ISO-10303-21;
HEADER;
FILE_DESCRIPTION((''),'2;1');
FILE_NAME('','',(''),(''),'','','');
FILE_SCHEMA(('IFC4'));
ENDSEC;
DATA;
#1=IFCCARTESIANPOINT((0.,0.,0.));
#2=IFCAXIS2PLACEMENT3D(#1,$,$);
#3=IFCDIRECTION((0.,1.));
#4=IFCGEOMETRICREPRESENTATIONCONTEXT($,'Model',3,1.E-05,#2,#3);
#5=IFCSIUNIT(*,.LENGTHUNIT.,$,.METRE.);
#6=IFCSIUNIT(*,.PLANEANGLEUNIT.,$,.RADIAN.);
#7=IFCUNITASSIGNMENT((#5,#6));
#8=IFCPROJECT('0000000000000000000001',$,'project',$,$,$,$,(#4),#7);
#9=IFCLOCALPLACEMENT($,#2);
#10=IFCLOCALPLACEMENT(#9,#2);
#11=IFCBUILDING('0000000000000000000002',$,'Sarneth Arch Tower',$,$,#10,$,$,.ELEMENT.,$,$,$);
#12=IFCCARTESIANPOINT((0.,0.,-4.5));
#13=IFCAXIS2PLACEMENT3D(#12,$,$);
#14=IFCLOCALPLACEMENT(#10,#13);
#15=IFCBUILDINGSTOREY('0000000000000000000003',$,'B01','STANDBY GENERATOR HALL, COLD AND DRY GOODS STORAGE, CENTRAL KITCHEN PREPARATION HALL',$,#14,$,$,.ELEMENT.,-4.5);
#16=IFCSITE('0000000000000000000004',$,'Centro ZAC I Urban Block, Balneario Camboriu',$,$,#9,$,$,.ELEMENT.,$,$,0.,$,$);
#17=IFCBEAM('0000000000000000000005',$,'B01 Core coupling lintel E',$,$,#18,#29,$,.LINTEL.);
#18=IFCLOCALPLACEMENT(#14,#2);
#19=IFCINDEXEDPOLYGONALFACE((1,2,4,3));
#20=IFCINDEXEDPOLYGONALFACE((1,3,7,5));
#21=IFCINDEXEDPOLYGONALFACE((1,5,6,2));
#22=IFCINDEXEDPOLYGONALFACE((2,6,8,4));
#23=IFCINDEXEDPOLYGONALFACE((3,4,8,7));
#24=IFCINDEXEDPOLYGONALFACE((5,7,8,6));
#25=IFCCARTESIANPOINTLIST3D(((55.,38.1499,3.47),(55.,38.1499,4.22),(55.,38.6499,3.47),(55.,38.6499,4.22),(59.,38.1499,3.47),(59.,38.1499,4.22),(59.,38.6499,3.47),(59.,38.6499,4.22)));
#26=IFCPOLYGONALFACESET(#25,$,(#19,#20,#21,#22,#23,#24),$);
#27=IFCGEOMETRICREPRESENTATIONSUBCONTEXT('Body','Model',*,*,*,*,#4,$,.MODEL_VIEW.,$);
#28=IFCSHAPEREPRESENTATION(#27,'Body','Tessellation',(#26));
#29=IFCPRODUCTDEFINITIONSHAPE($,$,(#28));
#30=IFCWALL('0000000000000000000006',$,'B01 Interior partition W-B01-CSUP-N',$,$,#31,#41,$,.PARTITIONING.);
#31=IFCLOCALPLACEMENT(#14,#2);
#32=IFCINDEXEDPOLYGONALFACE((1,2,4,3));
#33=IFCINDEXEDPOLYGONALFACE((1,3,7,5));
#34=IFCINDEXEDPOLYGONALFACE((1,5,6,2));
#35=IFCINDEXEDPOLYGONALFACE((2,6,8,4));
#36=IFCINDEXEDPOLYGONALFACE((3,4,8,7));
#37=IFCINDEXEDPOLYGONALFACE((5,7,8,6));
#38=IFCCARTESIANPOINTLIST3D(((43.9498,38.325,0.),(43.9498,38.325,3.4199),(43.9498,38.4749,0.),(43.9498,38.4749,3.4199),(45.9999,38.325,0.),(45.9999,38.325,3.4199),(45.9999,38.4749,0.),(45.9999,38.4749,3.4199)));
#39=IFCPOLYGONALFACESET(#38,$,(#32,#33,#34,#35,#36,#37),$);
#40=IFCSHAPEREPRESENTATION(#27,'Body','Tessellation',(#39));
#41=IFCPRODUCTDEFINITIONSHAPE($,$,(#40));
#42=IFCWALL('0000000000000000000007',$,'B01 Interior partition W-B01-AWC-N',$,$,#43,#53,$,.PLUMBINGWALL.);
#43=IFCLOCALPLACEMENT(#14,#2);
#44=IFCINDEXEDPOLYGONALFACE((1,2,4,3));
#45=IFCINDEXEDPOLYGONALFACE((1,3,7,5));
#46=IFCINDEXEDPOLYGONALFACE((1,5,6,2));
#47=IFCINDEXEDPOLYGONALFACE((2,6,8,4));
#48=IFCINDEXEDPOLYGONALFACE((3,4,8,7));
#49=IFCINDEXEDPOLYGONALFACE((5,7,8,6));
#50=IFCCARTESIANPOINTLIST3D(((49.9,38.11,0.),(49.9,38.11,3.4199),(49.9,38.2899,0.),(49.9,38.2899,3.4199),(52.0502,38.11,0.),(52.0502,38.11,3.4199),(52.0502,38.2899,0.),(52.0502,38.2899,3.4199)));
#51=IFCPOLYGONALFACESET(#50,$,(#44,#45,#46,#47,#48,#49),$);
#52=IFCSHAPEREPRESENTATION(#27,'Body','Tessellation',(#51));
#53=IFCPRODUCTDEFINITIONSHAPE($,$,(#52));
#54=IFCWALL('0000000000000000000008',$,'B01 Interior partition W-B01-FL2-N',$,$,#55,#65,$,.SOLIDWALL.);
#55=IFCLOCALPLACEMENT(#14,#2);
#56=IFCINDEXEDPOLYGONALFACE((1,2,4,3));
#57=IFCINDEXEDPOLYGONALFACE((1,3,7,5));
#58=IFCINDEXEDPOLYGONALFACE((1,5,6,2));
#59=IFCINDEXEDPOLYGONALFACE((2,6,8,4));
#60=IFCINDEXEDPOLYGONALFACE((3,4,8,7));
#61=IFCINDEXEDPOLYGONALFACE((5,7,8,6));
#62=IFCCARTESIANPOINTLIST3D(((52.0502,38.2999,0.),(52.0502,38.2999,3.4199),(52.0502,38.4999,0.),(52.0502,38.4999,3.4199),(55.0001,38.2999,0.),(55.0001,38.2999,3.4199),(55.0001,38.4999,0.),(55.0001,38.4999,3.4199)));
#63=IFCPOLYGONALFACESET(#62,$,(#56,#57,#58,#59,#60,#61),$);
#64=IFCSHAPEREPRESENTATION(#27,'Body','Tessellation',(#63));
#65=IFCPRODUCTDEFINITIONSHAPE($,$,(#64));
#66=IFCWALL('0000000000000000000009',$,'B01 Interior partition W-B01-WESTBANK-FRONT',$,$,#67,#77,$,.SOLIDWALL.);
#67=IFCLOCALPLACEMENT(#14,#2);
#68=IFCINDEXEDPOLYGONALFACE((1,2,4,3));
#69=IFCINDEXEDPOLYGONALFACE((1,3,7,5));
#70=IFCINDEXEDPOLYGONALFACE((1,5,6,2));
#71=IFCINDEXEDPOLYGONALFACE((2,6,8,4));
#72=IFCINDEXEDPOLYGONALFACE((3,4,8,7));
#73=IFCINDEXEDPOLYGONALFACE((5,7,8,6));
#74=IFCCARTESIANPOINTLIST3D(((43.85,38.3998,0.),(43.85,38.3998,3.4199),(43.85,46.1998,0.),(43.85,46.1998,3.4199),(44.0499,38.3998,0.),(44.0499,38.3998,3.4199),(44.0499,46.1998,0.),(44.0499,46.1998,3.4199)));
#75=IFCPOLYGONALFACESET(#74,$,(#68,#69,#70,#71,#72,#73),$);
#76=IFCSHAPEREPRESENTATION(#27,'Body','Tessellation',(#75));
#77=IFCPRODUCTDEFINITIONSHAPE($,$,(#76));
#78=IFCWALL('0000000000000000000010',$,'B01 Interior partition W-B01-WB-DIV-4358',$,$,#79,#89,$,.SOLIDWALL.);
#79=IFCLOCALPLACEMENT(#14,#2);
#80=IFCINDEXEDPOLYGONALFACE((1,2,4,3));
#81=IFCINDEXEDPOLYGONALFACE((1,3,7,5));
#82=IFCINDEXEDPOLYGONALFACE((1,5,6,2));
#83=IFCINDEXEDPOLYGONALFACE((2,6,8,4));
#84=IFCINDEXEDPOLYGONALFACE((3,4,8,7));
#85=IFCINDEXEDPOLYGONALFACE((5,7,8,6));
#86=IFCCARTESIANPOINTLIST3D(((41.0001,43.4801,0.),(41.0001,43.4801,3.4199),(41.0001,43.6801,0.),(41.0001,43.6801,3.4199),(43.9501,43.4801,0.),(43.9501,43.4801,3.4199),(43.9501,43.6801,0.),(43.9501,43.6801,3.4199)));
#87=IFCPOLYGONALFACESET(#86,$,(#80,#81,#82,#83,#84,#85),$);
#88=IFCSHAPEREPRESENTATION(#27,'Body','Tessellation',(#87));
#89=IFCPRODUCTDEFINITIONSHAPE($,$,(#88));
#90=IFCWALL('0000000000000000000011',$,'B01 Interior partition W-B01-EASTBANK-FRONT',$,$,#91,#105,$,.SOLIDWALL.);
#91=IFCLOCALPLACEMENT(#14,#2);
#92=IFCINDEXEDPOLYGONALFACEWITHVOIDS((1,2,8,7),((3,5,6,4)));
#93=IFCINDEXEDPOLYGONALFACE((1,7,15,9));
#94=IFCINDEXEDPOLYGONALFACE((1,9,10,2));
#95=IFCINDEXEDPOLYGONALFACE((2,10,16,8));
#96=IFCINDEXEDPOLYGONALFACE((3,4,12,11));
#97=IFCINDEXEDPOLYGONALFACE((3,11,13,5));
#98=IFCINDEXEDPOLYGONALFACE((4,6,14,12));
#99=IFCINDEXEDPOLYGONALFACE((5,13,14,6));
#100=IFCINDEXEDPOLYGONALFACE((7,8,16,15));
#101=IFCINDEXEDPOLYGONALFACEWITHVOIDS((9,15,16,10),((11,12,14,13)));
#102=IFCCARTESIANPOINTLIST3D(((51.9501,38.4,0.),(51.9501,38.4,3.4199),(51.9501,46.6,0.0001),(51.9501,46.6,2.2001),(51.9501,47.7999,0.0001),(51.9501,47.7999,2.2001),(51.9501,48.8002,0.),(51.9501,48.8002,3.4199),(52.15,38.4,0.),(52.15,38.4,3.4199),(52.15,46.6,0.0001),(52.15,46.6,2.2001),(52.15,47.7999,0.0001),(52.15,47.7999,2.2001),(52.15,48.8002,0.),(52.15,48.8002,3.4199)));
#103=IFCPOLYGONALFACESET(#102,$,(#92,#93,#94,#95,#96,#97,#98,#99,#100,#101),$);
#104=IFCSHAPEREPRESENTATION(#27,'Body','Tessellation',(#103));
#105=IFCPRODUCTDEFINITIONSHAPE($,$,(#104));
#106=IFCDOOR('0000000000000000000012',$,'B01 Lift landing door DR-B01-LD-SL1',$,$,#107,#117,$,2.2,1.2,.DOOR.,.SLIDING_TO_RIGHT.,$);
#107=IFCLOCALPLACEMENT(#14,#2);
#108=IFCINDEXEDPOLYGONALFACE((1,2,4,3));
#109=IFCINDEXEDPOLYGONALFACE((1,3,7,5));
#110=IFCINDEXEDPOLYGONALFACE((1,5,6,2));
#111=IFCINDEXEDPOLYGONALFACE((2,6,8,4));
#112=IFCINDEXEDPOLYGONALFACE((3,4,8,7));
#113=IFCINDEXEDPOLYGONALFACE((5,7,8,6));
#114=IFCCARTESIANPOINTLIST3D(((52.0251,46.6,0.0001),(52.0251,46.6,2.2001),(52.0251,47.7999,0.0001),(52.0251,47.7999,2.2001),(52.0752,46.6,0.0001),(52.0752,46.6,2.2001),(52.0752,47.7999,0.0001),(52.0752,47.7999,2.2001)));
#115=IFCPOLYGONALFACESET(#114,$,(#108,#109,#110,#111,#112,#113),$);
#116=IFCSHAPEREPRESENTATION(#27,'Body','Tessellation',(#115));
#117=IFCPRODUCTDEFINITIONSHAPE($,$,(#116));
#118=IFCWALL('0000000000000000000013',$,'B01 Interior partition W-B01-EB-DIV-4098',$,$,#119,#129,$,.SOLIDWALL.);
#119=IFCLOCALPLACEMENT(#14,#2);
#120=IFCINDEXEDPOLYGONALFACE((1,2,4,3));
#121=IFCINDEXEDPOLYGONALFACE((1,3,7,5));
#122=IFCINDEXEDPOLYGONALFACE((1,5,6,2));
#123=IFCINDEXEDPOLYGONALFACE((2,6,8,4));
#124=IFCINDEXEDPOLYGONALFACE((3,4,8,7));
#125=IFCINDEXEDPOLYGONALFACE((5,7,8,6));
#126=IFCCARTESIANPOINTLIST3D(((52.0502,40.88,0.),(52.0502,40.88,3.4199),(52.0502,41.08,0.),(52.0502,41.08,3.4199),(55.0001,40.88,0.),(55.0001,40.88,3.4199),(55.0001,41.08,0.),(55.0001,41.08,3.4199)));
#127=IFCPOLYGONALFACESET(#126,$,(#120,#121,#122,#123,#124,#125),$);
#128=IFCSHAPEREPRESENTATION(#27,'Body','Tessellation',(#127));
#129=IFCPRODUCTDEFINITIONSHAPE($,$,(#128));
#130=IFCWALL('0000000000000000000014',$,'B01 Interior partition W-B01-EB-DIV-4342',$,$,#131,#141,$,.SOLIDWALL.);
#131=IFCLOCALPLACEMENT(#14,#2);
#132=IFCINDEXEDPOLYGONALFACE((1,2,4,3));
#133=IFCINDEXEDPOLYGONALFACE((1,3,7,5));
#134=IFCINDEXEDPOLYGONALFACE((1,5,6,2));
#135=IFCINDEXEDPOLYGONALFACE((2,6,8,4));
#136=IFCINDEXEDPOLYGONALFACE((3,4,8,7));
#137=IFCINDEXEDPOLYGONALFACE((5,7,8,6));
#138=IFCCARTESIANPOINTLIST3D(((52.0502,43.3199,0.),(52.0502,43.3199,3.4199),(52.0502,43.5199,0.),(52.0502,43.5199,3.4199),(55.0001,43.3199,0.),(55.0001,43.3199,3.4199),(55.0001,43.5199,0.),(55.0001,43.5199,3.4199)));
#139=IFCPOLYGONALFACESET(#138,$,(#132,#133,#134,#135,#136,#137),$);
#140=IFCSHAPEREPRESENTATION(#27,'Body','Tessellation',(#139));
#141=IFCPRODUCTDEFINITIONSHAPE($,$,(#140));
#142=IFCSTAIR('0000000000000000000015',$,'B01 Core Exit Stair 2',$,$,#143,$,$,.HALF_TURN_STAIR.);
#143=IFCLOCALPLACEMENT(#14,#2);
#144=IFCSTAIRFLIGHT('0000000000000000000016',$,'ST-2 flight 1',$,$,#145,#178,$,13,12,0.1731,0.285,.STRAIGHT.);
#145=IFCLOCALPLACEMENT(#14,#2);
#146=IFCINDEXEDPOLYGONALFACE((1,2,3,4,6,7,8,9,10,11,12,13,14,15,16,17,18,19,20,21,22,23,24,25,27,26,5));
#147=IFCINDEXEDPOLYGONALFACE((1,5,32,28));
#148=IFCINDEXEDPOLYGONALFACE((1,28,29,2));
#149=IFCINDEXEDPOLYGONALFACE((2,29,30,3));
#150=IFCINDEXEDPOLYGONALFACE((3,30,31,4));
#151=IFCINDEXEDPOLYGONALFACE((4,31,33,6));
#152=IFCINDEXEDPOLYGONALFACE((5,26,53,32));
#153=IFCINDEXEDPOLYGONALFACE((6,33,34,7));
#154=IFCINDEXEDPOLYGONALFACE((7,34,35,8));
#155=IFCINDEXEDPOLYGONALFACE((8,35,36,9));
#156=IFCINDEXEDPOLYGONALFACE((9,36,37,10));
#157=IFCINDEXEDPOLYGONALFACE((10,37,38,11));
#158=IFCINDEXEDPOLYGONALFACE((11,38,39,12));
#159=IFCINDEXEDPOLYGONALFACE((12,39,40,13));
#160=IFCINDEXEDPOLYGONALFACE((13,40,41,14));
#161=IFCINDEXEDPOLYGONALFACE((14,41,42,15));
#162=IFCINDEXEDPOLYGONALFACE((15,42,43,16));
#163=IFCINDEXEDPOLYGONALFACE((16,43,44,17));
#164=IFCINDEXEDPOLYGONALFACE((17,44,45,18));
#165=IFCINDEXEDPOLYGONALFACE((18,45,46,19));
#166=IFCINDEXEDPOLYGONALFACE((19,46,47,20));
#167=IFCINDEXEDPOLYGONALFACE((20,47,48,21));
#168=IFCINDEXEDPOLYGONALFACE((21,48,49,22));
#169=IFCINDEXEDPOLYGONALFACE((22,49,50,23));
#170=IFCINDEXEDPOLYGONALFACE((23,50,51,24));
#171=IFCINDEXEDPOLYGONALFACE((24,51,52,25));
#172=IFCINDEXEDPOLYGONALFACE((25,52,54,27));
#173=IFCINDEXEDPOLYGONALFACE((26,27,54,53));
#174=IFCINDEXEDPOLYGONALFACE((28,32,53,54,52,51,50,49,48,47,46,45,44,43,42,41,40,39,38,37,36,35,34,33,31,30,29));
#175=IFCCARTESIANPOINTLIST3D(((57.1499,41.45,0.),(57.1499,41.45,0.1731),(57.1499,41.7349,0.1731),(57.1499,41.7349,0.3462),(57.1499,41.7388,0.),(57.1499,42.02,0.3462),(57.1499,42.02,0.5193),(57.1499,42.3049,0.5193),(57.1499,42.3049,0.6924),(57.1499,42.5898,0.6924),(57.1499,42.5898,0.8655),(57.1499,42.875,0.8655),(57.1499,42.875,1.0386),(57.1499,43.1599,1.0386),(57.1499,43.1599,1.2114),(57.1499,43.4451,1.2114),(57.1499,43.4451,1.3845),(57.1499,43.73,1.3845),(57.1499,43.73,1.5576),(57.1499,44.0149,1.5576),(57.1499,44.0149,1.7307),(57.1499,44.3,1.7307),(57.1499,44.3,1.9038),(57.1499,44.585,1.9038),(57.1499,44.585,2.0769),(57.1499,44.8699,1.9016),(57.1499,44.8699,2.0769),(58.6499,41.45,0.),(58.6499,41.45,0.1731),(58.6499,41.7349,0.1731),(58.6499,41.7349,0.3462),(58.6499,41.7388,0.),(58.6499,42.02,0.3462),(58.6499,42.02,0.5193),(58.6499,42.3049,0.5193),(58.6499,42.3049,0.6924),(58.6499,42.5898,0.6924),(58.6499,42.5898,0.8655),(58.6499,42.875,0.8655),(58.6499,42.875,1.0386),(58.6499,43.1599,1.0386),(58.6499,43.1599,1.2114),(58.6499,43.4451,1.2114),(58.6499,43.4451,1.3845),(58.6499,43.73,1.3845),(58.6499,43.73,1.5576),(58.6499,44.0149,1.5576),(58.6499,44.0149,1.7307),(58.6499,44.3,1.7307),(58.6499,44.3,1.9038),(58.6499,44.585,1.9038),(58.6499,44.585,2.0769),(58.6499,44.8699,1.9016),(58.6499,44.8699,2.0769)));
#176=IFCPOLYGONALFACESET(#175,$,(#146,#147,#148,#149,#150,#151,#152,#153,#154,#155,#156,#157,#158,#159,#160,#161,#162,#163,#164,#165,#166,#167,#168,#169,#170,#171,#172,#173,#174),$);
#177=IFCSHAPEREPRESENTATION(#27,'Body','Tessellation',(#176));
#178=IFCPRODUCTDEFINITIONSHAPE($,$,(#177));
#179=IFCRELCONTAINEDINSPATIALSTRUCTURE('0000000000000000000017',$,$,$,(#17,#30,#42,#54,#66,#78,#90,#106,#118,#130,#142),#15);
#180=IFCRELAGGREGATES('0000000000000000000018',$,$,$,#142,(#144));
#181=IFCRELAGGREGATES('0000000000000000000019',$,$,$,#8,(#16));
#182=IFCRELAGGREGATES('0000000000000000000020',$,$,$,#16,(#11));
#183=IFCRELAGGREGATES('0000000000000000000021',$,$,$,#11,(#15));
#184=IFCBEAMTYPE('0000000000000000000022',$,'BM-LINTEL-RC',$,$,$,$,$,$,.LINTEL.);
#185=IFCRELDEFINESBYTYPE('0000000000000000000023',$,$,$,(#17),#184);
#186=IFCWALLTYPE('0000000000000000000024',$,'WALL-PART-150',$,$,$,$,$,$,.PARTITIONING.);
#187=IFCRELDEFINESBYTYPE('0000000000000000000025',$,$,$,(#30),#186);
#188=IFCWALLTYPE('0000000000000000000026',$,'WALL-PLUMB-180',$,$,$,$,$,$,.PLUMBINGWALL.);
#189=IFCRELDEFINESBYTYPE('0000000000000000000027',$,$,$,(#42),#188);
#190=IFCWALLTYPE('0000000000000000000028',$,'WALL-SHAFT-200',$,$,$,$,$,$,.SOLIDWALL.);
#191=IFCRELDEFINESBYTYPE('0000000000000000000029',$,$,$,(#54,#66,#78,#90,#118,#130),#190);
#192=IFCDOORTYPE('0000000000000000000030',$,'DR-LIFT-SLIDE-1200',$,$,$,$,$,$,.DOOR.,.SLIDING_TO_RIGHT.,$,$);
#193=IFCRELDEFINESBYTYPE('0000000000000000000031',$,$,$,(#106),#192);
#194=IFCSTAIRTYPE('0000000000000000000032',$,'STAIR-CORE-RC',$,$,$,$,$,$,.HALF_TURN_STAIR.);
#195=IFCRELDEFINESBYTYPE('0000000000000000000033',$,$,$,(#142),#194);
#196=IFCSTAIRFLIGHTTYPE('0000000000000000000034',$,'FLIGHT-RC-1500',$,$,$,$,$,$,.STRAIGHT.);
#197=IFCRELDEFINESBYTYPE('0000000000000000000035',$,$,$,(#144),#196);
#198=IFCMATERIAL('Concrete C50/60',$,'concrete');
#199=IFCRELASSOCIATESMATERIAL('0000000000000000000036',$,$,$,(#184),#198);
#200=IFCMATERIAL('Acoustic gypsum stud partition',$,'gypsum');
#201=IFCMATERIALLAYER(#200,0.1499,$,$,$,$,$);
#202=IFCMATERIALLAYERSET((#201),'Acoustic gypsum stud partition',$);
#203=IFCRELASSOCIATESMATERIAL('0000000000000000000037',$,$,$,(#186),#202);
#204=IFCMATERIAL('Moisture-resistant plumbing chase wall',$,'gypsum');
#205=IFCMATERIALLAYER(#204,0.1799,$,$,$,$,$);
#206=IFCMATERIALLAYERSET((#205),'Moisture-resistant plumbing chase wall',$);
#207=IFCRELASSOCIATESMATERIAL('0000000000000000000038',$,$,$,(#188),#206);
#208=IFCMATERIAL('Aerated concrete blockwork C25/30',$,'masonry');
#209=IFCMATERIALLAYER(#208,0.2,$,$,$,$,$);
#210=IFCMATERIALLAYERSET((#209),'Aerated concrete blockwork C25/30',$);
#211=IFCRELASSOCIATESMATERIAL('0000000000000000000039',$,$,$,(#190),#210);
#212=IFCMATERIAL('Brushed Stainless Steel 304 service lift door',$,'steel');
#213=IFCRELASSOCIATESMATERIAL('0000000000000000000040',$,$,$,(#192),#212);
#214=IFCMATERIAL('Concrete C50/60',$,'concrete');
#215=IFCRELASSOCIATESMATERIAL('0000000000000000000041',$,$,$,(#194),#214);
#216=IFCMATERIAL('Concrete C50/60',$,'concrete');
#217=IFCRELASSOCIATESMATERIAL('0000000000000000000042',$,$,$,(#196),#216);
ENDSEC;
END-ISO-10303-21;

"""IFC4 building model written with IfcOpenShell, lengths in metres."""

from ifc_helpers import new_model, si_unit, direction, frame, frame_2d, origin, origin_2d, place, context, subcontext, project, spatial, polyline, rectangle, outline, extrude, material, layer, layer_set, material_profile, profile_set, type_object, element, fill, aggregate, save


model = new_model("IFC4")

# Units and contexts
model_context = context("Model", 3, precision=1e-05, world=origin(), true_north=direction((0.0, 1.0)))
body_context = subcontext(model_context, "Body", "Model", "MODEL_VIEW")
ifc_project = project(units=[si_unit("LENGTHUNIT", "METRE"), si_unit("PLANEANGLEUNIT", "RADIAN")], contexts=[model_context])

# Site, building, storey
site_placement = place(None, origin())
site = spatial("IfcSite", under=ifc_project, at=site_placement, Name="Centro ZAC I Urban Block, Balneario Camboriu", CompositionType="ELEMENT", RefElevation=0.0)
building_placement = place(site_placement, origin())
building = spatial("IfcBuilding", under=site, at=building_placement, Name="Sarneth Arch Tower", CompositionType="ELEMENT")
storey_placement = place(building_placement, frame((0.0, 0.0, -4.5)))
storey = spatial("IfcBuildingStorey", under=building, at=storey_placement, Name="B01", Description="STANDBY GENERATOR HALL, COLD AND DRY GOODS STORAGE, CENTRAL KITCHEN PREPARATION HALL", CompositionType="ELEMENT", Elevation=-4.5)

# Beam
ifc_material_1 = material(Name="Concrete C50/60", Category="concrete")
ifc_material_profile = material_profile(ifc_material_1, rectangle(XDim=0.5, YDim=0.75, at=origin_2d()), Name="RC-500x750")
ifc_profile_set = profile_set([ifc_material_profile], Name="Concrete C50/60")
beam_type = type_object("IfcBeamType", Name="BM-LINTEL-RC", PredefinedType="LINTEL", material=ifc_profile_set)
beam_placement = place(storey_placement, frame((55.0, 38.3999, 3.845), z_axis=(1.0, 0.0, 0.0), x_axis=(0.0, 1.0, 0.0)))
element("IfcBeam", 1, at=beam_placement, inside=storey, type_object=beam_type, Name="B01 Core coupling lintel E", PredefinedType="LINTEL", context=body_context, shape_type="SweptSolid", body=[
    extrude(rectangle(XDim=0.5, YDim=0.75, at=origin_2d()), origin(), (0.0, 0.0, 1.0), 4.0),
])

# Walls
ifc_material_2 = material(Name="Acoustic gypsum stud partition", Category="gypsum")
ifc_layer_1 = layer(ifc_material_2, 0.1499)
ifc_layer_set_1 = layer_set([ifc_layer_1], Name="Acoustic gypsum stud partition")
wall_type_1 = type_object("IfcWallType", Name="WALL-PART-150", PredefinedType="PARTITIONING", material=ifc_layer_set_1)
wall_1_placement = place(storey_placement, frame((43.95, 38.3999, 0.0), z_axis=(0.0, 0.0, 1.0), x_axis=(1.0, 0.0, 0.0)))
element("IfcWall", 2, at=wall_1_placement, inside=storey, type_object=wall_type_1, Name="B01 Interior partition W-B01-CSUP-N", PredefinedType="PARTITIONING", context=body_context, shape_type="SweptSolid", body=[
    extrude(rectangle(XDim=2.05, YDim=0.1499, at=frame_2d((1.0249, 0.0))), origin(), (0.0, 0.0, 1.0), 3.4199),
])
ifc_material_3 = material(Name="Moisture-resistant plumbing chase wall", Category="gypsum")
ifc_layer_2 = layer(ifc_material_3, 0.1799)
ifc_layer_set_2 = layer_set([ifc_layer_2], Name="Moisture-resistant plumbing chase wall")
wall_type_2 = type_object("IfcWallType", Name="WALL-PLUMB-180", PredefinedType="PLUMBINGWALL", material=ifc_layer_set_2)
wall_2_placement = place(storey_placement, frame((49.8999, 38.2, 0.0), z_axis=(0.0, 0.0, 1.0), x_axis=(1.0, 0.0, 0.0)))
element("IfcWall", 3, at=wall_2_placement, inside=storey, type_object=wall_type_2, Name="B01 Interior partition W-B01-AWC-N", PredefinedType="PLUMBINGWALL", context=body_context, shape_type="SweptSolid", body=[
    extrude(rectangle(XDim=2.1501, YDim=0.1799, at=frame_2d((1.0752, 0.0))), origin(), (0.0, 0.0, 1.0), 3.4199),
])

# Shared definitions
ifc_material_4 = material(Name="Aerated concrete blockwork C25/30", Category="masonry")
ifc_layer_3 = layer(ifc_material_4, 0.2)
ifc_layer_set_3 = layer_set([ifc_layer_3], Name="Aerated concrete blockwork C25/30")
wall_type_3 = type_object("IfcWallType", Name="WALL-SHAFT-200", PredefinedType="SOLIDWALL", material=ifc_layer_set_3)

# Walls
wall_3_placement = place(storey_placement, frame((52.05, 38.3999, 0.0), z_axis=(0.0, 0.0, 1.0), x_axis=(1.0, 0.0, 0.0)))
element("IfcWall", 4, at=wall_3_placement, inside=storey, type_object=wall_type_3, Name="B01 Interior partition W-B01-FL2-N", PredefinedType="SOLIDWALL", context=body_context, shape_type="SweptSolid", body=[
    extrude(rectangle(XDim=2.95, YDim=0.2, at=frame_2d((1.4751, 0.0))), origin(), (0.0, 0.0, 1.0), 3.4199),
])
wall_4_placement = place(storey_placement, frame((43.95, 38.3999, 0.0), z_axis=(0.0, 0.0, 1.0), x_axis=(0.0, 1.0, 0.0)))
element("IfcWall", 5, at=wall_4_placement, inside=storey, type_object=wall_type_3, Name="B01 Interior partition W-B01-WESTBANK-FRONT", PredefinedType="SOLIDWALL", context=body_context, shape_type="SweptSolid", body=[
    extrude(rectangle(XDim=7.8, YDim=0.2, at=frame_2d((3.8999, 0.0))), origin(), (0.0, 0.0, 1.0), 3.4199),
])
wall_5_placement = place(storey_placement, frame((41.0, 43.5801, 0.0), z_axis=(0.0, 0.0, 1.0), x_axis=(1.0, 0.0, 0.0)))
element("IfcWall", 6, at=wall_5_placement, inside=storey, type_object=wall_type_3, Name="B01 Interior partition W-B01-WB-DIV-4358", PredefinedType="SOLIDWALL", context=body_context, shape_type="SweptSolid", body=[
    extrude(rectangle(XDim=2.95, YDim=0.2, at=frame_2d((1.4751, 0.0))), origin(), (0.0, 0.0, 1.0), 3.4199),
])

# Wall, opening, door
wall_6_placement = place(storey_placement, frame((52.05, 38.3999, 0.0), z_axis=(0.0, 0.0, 1.0), x_axis=(0.0, 1.0, 0.0)))
wall_6 = element("IfcWall", 7, at=wall_6_placement, inside=storey, type_object=wall_type_3, Name="B01 Interior partition W-B01-EASTBANK-FRONT", PredefinedType="SOLIDWALL", context=body_context, shape_type="SweptSolid", body=[
    extrude(rectangle(XDim=10.4001, YDim=0.2, at=frame_2d((5.2002, 0.0))), origin(), (0.0, 0.0, 1.0), 3.4199),
])
opening_1_placement = place(wall_6_placement, frame((8.2, 0.0, 0.0)))
opening_1 = element("IfcOpeningElement", 8, at=opening_1_placement, cuts=wall_6, PredefinedType="OPENING", context=body_context, shape_type="SweptSolid", body=[
    extrude(rectangle(XDim=1.2, YDim=2.2, at=frame_2d((0.6001, 1.1001))), frame((0.0, 0.1099, 0.0), z_axis=(0.0, -1.0, 0.0), x_axis=(1.0, 0.0, 0.0)), (0.0, 0.0, 1.0), 0.22),
])
ifc_material_5 = material(Name="Brushed Stainless Steel 304 service lift door", Category="steel")
door_type_1 = type_object("IfcDoorType", Name="DR-LIFT-SLIDE-1200", OperationType="SLIDING_TO_RIGHT", PredefinedType="DOOR", material=ifc_material_5)
door_1_placement = place(opening_1_placement, origin())
door_1 = element("IfcDoor", 9, at=door_1_placement, inside=storey, type_object=door_type_1, Name="B01 Lift landing door DR-B01-LD-SL1", OperationType="SLIDING_TO_RIGHT", OverallHeight=2.2, OverallWidth=1.2, PredefinedType="DOOR", context=body_context, shape_type="SweptSolid", body=[
    extrude(rectangle(XDim=1.2, YDim=2.2, at=frame_2d((0.6001, 1.1001))), frame((0.0, 0.0249, 0.0), z_axis=(0.0, -1.0, 0.0), x_axis=(1.0, 0.0, 0.0)), (0.0, 0.0, 1.0), 0.05),
])
fill(opening_1, door_1)

# Walls
for number, where, z_axis, x_axis, name in (
    (10, (52.05, 40.98, 0.0), (0.0, 0.0, 1.0), (1.0, 0.0, 0.0), "B01 Interior partition W-B01-EB-DIV-4098"),
    (11, (52.05, 43.4199, 0.0), (0.0, 0.0, 1.0), (1.0, 0.0, 0.0), "B01 Interior partition W-B01-EB-DIV-4342"),
):
    element("IfcWall", number, at=place(storey_placement, frame(where, z_axis=z_axis, x_axis=x_axis)), inside=storey, type_object=wall_type_3, Name=name, PredefinedType="SOLIDWALL", context=body_context, shape_type="SweptSolid", body=[
        extrude(rectangle(XDim=2.95, YDim=0.2, at=frame_2d((1.4751, 0.0))), origin(), (0.0, 0.0, 1.0), 3.4199),
    ])

# Stair, stair flight
ifc_material_6 = material(Name="Concrete C50/60", Category="concrete")
stair_type = type_object("IfcStairType", Name="STAIR-CORE-RC", PredefinedType="HALF_TURN_STAIR", material=ifc_material_6)
stair_placement = place(storey_placement, origin())
stair = element("IfcStair", 12, at=stair_placement, inside=storey, type_object=stair_type, Name="B01 Core Exit Stair 2", PredefinedType="HALF_TURN_STAIR")
ifc_material_7 = material(Name="Concrete C50/60", Category="concrete")
stair_flight_type = type_object("IfcStairFlightType", Name="FLIGHT-RC-1500", PredefinedType="STRAIGHT", material=ifc_material_7)
stair_flight_placement = place(storey_placement, frame((57.8999, 41.45, 0.0), z_axis=(0.0, 0.0, 1.0), x_axis=(0.0, 1.0, 0.0)))
stair_flight = element("IfcStairFlight", 13, at=stair_flight_placement, type_object=stair_flight_type, Name="ST-2 flight 1", NumberOfRisers=13, NumberOfTreads=12, PredefinedType="STRAIGHT", RiserHeight=0.1731, TreadLength=0.285, context=body_context, shape_type="SweptSolid", body=[
    extrude(outline(polyline([(0.0, 0.0), (0.0, 0.1731), (0.2849, 0.1731), (0.2849, 0.3462), (0.5701, 0.3462), (0.5701, 0.5193), (0.855, 0.5193), (0.855, 0.6924), (1.1399, 0.6924), (1.1399, 0.8655), (1.425, 0.8655), (1.425, 1.0386), (1.71, 1.0386), (1.71, 1.2114), (1.9951, 1.2114), (1.9951, 1.3845), (2.28, 1.3845), (2.28, 1.5576), (2.5649, 1.5576), (2.5649, 1.7307), (2.8501, 1.7307), (2.8501, 1.9038), (3.135, 1.9038), (3.135, 2.0769), (3.4199, 2.0769), (3.4199, 2.25), (3.4199, 1.9016), (0.2888, 0.0), (0.0, 0.0)])), frame((0.0, 0.75, 0.0), z_axis=(0.0, -1.0, 0.0), x_axis=(1.0, 0.0, 0.0)), (0.0, 0.0, 1.0), 1.5),
])
aggregate(stair, [stair_flight])

save(model, "model.ifc")
